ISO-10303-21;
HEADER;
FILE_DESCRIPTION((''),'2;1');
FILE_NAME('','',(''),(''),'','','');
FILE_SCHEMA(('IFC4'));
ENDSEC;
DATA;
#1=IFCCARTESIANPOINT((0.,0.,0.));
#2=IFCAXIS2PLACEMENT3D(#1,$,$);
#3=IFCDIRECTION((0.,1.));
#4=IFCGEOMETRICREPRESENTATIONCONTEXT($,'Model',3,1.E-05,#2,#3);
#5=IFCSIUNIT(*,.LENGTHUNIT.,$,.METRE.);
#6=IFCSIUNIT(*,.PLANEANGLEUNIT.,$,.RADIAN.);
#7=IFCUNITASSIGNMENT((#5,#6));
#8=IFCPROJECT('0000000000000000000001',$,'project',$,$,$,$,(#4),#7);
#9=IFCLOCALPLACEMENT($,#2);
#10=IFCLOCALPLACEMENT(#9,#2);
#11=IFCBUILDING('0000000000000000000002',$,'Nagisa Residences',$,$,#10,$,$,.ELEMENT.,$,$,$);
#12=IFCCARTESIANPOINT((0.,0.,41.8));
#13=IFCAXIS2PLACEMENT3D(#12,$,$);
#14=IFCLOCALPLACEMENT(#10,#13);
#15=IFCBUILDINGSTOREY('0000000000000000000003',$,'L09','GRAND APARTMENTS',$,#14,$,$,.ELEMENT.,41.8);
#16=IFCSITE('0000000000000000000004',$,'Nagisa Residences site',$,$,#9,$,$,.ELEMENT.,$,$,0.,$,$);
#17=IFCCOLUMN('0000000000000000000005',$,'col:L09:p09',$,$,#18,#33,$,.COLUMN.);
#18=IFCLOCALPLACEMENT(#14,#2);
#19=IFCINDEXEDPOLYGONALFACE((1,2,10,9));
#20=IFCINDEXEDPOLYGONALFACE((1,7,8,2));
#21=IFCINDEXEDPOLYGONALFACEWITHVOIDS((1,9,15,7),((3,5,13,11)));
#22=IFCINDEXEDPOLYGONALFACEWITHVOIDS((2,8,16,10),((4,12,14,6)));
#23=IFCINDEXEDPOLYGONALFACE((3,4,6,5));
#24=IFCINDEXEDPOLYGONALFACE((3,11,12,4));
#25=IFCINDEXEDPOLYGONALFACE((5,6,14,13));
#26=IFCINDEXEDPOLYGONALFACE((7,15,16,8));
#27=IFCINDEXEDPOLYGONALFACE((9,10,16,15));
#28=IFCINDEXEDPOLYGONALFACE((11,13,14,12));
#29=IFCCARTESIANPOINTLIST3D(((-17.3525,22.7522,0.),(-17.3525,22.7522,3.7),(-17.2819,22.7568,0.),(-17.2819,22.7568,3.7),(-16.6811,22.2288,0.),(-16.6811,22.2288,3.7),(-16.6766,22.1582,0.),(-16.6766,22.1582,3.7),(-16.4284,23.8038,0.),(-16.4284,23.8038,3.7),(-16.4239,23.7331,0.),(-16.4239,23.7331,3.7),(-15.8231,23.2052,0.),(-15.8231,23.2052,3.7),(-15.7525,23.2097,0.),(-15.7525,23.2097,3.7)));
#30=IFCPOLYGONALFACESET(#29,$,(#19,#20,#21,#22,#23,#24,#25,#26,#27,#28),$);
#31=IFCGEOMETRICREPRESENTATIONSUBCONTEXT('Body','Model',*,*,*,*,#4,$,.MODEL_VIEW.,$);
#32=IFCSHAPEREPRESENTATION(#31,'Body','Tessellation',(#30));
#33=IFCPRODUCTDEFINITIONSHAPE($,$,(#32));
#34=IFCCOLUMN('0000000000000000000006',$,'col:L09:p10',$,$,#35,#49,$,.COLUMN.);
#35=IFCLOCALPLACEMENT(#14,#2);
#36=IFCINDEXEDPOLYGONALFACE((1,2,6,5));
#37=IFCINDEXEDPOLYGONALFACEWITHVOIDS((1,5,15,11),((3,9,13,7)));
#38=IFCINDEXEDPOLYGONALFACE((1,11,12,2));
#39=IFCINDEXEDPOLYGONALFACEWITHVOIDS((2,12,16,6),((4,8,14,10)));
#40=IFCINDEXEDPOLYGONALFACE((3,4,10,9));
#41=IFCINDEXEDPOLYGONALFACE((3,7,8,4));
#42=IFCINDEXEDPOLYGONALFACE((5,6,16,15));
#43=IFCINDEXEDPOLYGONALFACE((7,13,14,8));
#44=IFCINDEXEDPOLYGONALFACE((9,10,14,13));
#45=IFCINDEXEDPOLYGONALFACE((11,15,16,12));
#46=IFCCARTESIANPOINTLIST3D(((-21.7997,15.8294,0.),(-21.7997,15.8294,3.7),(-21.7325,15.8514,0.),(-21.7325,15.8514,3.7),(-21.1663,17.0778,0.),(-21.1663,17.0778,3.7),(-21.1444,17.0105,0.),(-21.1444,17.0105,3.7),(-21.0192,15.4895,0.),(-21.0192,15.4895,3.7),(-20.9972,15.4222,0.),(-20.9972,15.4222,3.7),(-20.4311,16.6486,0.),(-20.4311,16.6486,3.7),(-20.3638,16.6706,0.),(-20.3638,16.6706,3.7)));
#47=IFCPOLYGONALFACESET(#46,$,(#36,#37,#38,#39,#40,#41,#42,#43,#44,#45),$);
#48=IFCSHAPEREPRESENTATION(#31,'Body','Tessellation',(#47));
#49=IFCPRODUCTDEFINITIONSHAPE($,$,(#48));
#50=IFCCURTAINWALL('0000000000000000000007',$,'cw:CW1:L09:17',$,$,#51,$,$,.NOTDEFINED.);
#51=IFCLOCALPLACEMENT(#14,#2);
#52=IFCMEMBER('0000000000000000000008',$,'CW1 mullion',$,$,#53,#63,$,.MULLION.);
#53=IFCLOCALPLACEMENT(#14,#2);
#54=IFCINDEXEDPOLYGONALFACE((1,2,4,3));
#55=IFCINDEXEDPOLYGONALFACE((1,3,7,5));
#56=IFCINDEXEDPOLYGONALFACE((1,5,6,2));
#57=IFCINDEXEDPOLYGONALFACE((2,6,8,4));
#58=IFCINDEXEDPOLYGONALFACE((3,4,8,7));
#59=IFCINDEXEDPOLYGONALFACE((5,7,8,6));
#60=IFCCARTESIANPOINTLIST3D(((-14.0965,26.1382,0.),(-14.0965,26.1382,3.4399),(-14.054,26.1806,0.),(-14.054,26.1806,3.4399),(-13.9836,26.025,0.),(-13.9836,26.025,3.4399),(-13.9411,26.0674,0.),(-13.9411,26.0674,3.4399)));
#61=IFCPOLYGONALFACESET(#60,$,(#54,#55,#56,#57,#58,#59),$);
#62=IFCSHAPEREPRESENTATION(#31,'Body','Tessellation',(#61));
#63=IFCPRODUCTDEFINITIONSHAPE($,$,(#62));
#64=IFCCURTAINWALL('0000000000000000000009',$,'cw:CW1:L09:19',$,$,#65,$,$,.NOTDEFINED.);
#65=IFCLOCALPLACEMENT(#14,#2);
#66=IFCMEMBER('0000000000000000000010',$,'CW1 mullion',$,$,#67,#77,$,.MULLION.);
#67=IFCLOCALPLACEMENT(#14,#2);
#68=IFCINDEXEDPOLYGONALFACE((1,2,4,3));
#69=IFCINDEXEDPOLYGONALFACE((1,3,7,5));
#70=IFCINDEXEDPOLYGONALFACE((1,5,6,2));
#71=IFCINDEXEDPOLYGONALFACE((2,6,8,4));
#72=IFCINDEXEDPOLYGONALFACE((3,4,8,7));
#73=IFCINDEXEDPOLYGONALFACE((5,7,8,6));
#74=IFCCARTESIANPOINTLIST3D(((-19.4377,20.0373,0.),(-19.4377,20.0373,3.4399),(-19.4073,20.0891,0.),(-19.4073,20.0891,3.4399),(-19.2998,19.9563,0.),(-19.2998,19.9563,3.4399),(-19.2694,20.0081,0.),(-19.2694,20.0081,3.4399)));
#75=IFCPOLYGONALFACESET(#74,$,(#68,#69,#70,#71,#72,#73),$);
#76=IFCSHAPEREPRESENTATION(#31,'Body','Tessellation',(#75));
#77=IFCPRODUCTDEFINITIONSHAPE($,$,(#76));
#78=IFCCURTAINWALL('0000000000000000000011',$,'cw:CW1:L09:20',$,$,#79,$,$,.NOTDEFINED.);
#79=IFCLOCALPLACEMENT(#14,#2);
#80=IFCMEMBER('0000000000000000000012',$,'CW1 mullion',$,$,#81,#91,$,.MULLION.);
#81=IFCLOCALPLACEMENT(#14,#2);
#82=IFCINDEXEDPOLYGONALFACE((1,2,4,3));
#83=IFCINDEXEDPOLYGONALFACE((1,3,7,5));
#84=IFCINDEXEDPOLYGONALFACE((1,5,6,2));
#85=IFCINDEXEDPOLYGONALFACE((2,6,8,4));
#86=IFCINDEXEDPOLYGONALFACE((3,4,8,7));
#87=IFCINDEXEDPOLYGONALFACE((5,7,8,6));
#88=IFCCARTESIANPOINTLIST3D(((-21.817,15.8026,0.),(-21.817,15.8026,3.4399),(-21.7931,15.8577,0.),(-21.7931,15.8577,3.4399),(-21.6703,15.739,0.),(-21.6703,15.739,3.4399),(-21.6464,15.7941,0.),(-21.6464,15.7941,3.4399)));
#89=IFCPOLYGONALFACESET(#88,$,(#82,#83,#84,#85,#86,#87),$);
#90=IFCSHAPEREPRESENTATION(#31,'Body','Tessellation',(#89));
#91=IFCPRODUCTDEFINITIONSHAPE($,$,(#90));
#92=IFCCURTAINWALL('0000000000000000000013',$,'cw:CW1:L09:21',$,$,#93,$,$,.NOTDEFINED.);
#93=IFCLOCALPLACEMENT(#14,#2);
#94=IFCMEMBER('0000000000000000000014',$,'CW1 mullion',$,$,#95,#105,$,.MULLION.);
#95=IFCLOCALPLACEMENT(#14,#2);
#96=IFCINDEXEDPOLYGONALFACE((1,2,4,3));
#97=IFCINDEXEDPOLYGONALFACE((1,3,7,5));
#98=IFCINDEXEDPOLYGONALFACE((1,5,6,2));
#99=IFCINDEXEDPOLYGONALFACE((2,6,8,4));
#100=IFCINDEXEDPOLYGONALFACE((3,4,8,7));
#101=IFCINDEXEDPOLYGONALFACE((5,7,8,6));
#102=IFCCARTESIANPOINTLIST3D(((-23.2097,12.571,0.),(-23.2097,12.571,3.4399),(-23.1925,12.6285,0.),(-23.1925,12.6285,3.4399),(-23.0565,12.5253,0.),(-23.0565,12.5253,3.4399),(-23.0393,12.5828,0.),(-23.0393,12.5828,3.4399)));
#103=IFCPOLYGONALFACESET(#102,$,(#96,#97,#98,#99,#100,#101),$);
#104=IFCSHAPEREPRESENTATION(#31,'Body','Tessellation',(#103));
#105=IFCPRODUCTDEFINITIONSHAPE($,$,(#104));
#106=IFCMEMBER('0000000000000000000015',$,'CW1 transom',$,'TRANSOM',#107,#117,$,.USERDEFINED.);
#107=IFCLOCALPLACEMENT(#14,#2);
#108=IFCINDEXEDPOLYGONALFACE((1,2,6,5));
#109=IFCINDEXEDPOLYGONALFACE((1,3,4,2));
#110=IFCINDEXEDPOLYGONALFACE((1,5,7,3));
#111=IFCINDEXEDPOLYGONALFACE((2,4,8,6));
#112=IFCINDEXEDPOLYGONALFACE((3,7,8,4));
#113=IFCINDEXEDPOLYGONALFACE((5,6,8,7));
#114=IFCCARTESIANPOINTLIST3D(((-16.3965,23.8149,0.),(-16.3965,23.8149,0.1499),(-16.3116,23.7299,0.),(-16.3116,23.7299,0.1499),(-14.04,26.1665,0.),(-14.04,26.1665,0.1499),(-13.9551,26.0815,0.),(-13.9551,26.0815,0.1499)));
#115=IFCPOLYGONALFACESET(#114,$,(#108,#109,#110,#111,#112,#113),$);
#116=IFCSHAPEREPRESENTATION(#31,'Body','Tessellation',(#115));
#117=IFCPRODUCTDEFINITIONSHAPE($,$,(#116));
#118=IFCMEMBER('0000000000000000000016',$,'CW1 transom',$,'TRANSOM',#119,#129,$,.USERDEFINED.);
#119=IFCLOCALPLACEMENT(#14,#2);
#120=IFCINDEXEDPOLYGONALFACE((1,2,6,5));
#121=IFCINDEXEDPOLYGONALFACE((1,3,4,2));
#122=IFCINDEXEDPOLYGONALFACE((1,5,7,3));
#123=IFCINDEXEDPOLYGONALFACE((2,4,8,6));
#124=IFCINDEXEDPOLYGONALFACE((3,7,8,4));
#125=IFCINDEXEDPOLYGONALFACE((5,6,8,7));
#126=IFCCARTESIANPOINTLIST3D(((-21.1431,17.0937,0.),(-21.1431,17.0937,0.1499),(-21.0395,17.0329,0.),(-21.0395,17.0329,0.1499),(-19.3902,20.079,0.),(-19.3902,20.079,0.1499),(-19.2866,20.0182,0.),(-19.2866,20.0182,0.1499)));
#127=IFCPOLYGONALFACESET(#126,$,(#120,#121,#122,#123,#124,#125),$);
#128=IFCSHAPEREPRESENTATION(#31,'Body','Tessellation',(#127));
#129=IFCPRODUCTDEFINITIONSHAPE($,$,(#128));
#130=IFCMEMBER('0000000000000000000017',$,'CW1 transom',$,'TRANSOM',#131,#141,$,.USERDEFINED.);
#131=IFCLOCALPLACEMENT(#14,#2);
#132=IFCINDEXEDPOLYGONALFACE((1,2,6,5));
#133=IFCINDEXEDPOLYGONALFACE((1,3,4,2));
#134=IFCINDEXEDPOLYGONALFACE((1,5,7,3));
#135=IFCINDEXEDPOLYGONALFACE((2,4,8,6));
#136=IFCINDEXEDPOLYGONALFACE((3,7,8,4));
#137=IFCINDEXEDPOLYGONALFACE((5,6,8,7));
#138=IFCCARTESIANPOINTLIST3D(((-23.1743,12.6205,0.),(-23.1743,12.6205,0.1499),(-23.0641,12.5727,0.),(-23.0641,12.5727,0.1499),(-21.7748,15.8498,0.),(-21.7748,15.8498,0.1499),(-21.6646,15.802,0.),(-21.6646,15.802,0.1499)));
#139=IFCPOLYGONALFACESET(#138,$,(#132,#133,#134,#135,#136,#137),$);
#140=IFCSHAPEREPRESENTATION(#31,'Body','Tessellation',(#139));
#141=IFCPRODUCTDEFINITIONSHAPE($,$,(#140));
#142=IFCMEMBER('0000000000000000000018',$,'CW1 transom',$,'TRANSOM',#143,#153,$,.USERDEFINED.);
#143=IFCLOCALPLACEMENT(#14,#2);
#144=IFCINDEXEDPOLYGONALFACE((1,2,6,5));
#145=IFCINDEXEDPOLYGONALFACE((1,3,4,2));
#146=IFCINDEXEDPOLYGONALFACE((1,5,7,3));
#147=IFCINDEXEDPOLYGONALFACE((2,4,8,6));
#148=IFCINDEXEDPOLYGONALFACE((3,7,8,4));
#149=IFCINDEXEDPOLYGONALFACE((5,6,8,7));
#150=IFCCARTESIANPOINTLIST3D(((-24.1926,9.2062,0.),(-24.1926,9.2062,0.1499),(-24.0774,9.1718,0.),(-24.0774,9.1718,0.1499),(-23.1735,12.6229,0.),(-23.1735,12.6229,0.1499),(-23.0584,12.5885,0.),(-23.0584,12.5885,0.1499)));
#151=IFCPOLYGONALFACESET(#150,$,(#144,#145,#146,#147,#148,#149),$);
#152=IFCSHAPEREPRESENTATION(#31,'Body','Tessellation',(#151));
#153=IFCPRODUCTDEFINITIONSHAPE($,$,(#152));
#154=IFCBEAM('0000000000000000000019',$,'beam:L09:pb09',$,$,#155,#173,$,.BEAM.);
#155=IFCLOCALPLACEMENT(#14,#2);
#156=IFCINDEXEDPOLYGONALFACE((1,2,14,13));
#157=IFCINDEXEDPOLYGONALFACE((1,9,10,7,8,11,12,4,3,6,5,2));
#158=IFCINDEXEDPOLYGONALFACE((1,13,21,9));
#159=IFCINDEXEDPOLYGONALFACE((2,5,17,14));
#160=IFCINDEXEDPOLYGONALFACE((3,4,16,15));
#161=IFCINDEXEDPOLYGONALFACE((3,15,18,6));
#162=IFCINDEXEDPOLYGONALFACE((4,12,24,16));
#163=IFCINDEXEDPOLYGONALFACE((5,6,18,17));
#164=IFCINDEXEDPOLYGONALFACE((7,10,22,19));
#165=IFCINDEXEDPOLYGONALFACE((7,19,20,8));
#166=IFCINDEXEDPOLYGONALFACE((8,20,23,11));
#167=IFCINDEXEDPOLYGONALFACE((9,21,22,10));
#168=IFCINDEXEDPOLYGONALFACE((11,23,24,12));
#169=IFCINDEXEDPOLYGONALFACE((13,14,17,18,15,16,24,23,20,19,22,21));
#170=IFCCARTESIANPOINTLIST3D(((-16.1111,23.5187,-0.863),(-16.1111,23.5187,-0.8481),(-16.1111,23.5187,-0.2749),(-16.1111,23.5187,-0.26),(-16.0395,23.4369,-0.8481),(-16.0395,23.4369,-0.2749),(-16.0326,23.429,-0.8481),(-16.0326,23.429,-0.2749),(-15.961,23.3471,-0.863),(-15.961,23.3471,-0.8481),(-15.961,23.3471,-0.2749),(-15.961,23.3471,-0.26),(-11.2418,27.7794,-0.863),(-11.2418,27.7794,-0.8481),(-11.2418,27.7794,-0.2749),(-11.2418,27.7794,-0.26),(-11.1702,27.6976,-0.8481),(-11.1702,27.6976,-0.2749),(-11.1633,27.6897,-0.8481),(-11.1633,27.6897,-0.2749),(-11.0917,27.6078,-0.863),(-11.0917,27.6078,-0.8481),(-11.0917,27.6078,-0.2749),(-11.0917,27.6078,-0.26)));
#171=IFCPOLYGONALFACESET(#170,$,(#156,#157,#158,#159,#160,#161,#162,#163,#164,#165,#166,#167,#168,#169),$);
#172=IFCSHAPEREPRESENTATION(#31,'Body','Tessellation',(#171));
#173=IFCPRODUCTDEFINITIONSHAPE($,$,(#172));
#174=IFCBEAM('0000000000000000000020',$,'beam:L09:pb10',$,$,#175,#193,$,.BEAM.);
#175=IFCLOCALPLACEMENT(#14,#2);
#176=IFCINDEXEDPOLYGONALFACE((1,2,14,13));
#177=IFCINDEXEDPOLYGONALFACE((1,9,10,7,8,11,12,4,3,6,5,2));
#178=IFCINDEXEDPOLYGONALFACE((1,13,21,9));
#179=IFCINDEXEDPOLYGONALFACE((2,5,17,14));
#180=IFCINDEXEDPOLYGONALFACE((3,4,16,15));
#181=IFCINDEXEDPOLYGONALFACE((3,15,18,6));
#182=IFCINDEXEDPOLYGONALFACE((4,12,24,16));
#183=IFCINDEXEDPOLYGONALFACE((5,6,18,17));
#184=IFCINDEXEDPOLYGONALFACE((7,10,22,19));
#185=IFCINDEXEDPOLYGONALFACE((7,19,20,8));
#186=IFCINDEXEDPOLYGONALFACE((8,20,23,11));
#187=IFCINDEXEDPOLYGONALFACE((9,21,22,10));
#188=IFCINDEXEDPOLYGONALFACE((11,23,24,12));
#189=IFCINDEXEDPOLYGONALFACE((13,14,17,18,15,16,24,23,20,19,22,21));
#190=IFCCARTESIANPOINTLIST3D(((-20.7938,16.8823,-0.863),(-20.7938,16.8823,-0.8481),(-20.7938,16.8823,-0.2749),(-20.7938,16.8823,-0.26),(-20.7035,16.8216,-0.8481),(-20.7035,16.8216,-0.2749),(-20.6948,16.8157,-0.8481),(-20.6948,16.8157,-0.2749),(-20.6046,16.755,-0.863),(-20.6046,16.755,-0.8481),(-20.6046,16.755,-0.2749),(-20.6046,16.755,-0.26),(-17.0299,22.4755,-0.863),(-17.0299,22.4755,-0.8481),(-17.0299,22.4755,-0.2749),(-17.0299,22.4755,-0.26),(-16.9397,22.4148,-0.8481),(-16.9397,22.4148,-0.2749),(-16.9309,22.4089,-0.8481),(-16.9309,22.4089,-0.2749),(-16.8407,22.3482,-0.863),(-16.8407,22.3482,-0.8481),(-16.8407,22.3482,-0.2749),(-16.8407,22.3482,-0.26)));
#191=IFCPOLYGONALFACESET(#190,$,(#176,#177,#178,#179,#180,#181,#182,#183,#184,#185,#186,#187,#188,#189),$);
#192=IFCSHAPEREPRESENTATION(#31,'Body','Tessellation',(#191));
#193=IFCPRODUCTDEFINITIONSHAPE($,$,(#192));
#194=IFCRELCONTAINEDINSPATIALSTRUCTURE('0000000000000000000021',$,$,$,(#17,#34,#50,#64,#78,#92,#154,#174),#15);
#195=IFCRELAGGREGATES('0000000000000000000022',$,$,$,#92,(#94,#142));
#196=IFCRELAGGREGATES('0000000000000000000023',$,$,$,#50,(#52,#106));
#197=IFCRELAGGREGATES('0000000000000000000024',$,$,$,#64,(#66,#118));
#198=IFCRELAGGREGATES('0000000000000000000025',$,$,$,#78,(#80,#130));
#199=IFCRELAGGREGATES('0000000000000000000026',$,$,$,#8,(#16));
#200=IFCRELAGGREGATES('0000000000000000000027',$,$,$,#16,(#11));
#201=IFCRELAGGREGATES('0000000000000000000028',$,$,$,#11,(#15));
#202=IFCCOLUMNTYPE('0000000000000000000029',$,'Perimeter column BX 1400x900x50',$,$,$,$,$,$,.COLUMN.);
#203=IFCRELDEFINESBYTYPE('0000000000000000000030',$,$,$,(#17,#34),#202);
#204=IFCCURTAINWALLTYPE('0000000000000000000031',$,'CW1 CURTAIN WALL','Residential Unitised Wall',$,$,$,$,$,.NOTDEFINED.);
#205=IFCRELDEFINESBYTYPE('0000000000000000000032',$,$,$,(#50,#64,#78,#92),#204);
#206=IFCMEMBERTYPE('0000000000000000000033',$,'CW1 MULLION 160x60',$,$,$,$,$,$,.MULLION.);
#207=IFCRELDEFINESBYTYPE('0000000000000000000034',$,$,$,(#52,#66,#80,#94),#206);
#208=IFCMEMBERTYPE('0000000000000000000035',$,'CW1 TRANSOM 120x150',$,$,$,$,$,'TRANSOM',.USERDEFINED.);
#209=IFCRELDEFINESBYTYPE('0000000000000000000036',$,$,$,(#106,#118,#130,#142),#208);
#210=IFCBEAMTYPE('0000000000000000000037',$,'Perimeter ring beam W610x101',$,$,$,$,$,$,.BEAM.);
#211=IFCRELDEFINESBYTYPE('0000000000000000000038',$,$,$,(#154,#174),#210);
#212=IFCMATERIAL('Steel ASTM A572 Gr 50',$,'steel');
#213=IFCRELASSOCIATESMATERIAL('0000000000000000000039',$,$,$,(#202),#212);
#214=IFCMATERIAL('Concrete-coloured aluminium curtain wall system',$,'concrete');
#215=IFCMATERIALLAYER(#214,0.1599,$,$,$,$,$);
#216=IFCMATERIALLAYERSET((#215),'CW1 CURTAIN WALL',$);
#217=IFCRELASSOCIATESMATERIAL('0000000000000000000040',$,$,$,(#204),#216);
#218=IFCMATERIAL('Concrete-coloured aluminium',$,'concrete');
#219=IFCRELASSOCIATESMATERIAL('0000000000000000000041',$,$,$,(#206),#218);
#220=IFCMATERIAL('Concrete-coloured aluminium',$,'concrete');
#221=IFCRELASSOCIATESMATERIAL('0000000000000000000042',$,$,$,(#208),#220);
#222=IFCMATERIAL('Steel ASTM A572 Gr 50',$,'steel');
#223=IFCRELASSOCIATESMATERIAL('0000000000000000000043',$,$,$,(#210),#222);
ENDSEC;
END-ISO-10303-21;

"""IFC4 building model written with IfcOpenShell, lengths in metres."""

from ifc_helpers import new_model, si_unit, direction, frame, origin, origin_2d, place, context, subcontext, project, spatial, rectangle, hollow_rectangle, i_section, extrude, material, layer, layer_set, material_profile, profile_set, type_object, element, aggregate, save


model = new_model("IFC4")

# Units and contexts
model_context = context("Model", 3, precision=1e-05, world=origin(), true_north=direction((0.0, 1.0)))
body_context = subcontext(model_context, "Body", "Model", "MODEL_VIEW")
ifc_project = project(units=[si_unit("LENGTHUNIT", "METRE"), si_unit("PLANEANGLEUNIT", "RADIAN")], contexts=[model_context])

# Site, building, storey
site_placement = place(None, origin())
site = spatial("IfcSite", under=ifc_project, at=site_placement, Name="Nagisa Residences site", CompositionType="ELEMENT", RefElevation=0.0)
building_placement = place(site_placement, origin())
building = spatial("IfcBuilding", under=site, at=building_placement, Name="Nagisa Residences", CompositionType="ELEMENT")
storey_placement = place(building_placement, frame((0.0, 0.0, 41.8)))
storey = spatial("IfcBuildingStorey", under=building, at=storey_placement, Name="L09", Description="GRAND APARTMENTS", CompositionType="ELEMENT", Elevation=41.8)

# Columns
ifc_material_1 = material(Name="Steel ASTM A572 Gr 50", Category="steel")
ifc_material_profile_1 = material_profile(ifc_material_1, hollow_rectangle(XDim=1.3999, YDim=0.8999, WallThickness=0.05, at=origin_2d()), Name="BX 1400x900x50")
ifc_profile_set_1 = profile_set([ifc_material_profile_1], Name="Steel ASTM A572 Gr 50")
column_type = type_object("IfcColumnType", Name="Perimeter column BX 1400x900x50", PredefinedType="COLUMN", material=ifc_profile_set_1)
for number, where, z_axis, x_axis, name in (
    (1, (-16.5525, 22.981, 0.0), (0.0, 0.0, 1.0), (-0.660115, -0.751165, 0.0), "col:L09:p09"),
    (2, (-21.0818, 16.25, 0.0), (0.0, 0.0, 1.0), (-0.452463, -0.891783, 0.0), "col:L09:p10"),
):
    element("IfcColumn", number, at=place(storey_placement, frame(where, z_axis=z_axis, x_axis=x_axis)), inside=storey, type_object=column_type, Name=name, PredefinedType="COLUMN", context=body_context, shape_type="SweptSolid", body=[
        extrude(hollow_rectangle(XDim=1.3999, YDim=0.8999, WallThickness=0.05, at=origin_2d()), origin(), (0.0, 0.0, 1.0), 3.7),
    ])

# Curtain walls, members
ifc_material_2 = material(Name="Concrete-coloured aluminium curtain wall system", Category="concrete")
ifc_layer_1 = layer(ifc_material_2, 0.1599)
ifc_layer_set_1 = layer_set([ifc_layer_1], Name="CW1 CURTAIN WALL")
curtain_wall_type = type_object("IfcCurtainWallType", Name="CW1 CURTAIN WALL", Description="Residential Unitised Wall", PredefinedType="NOTDEFINED", material=ifc_layer_set_1)
curtain_wall_1_placement = place(storey_placement, origin())
curtain_wall_1 = element("IfcCurtainWall", 3, at=curtain_wall_1_placement, inside=storey, type_object=curtain_wall_type, Name="cw:CW1:L09:17", PredefinedType="NOTDEFINED")
ifc_material_3 = material(Name="Concrete-coloured aluminium", Category="concrete")
ifc_material_profile_2 = material_profile(ifc_material_3, rectangle(XDim=0.1599, YDim=0.0601, at=origin_2d()), Name="CW1 MULLION 160x60")
ifc_profile_set_2 = profile_set([ifc_material_profile_2], Name="Concrete-coloured aluminium")
member_type_1 = type_object("IfcMemberType", Name="CW1 MULLION 160x60", PredefinedType="MULLION", material=ifc_profile_set_2)
member_1_placement = place(storey_placement, frame((-14.0188, 26.1028, 0.0), z_axis=(0.0, 0.0, 1.0), x_axis=(0.706377, -0.707836, 0.0)))
member_1 = element("IfcMember", 4, at=member_1_placement, type_object=member_type_1, Name="CW1 mullion", PredefinedType="MULLION", context=body_context, shape_type="SweptSolid", body=[
    extrude(rectangle(XDim=0.1599, YDim=0.0601, at=origin_2d()), origin(), (0.0, 0.0, 1.0), 3.4399),
])
curtain_wall_2_placement = place(storey_placement, origin())
curtain_wall_2 = element("IfcCurtainWall", 5, at=curtain_wall_2_placement, inside=storey, type_object=curtain_wall_type, Name="cw:CW1:L09:19", PredefinedType="NOTDEFINED")
member_2_placement = place(storey_placement, frame((-19.3535, 20.0227, 0.0), z_axis=(0.0, 0.0, 1.0), x_axis=(0.862329, -0.506349, 0.0)))
member_2 = element("IfcMember", 6, at=member_2_placement, type_object=member_type_1, Name="CW1 mullion", PredefinedType="MULLION", context=body_context, shape_type="SweptSolid", body=[
    extrude(rectangle(XDim=0.1599, YDim=0.0601, at=origin_2d()), origin(), (0.0, 0.0, 1.0), 3.4399),
])
curtain_wall_3_placement = place(storey_placement, origin())
curtain_wall_3 = element("IfcCurtainWall", 7, at=curtain_wall_3_placement, inside=storey, type_object=curtain_wall_type, Name="cw:CW1:L09:20", PredefinedType="NOTDEFINED")
member_3_placement = place(storey_placement, frame((-21.7317, 15.7983, 0.0), z_axis=(0.0, 0.0, 1.0), x_axis=(0.917543, -0.397636, 0.0)))
member_3 = element("IfcMember", 8, at=member_3_placement, type_object=member_type_1, Name="CW1 mullion", PredefinedType="MULLION", context=body_context, shape_type="SweptSolid", body=[
    extrude(rectangle(XDim=0.1599, YDim=0.0601, at=origin_2d()), origin(), (0.0, 0.0, 1.0), 3.4399),
])
curtain_wall_4_placement = place(storey_placement, origin())
curtain_wall_4 = element("IfcCurtainWall", 9, at=curtain_wall_4_placement, inside=storey, type_object=curtain_wall_type, Name="cw:CW1:L09:21", PredefinedType="NOTDEFINED")
member_4_placement = place(storey_placement, frame((-23.1245, 12.5769, 0.0), z_axis=(0.0, 0.0, 1.0), x_axis=(0.958271, -0.28586, 0.0)))
member_4 = element("IfcMember", 10, at=member_4_placement, type_object=member_type_1, Name="CW1 mullion", PredefinedType="MULLION", context=body_context, shape_type="SweptSolid", body=[
    extrude(rectangle(XDim=0.1599, YDim=0.0601, at=origin_2d()), origin(), (0.0, 0.0, 1.0), 3.4399),
])

# Members
ifc_material_4 = material(Name="Concrete-coloured aluminium", Category="concrete")
ifc_material_profile_3 = material_profile(ifc_material_4, rectangle(XDim=0.1201, YDim=0.1499, at=origin_2d()), Name="CW1 TRANSOM 120x150")
ifc_profile_set_3 = profile_set([ifc_material_profile_3], Name="Concrete-coloured aluminium")
member_type_2 = type_object("IfcMemberType", Name="CW1 TRANSOM 120x150", ElementType="TRANSOM", PredefinedType="USERDEFINED", material=ifc_profile_set_3)
member_5_placement = place(storey_placement, frame((-13.9976, 26.124, 0.075), z_axis=(-0.70784, -0.706373, 0.0), x_axis=(0.706373, -0.70784, 0.0)))
member_5 = element("IfcMember", 11, at=member_5_placement, type_object=member_type_2, Name="CW1 transom", ObjectType="TRANSOM", PredefinedType="USERDEFINED", context=body_context, shape_type="SweptSolid", body=[
    extrude(rectangle(XDim=0.1201, YDim=0.1499, at=origin_2d()), origin(), (0.0, 0.0, 1.0), 3.3291),
])
member_6_placement = place(storey_placement, frame((-19.3384, 20.0486, 0.075), z_axis=(-0.506342, -0.862333, 0.0), x_axis=(0.862333, -0.506342, 0.0)))
member_6 = element("IfcMember", 12, at=member_6_placement, type_object=member_type_2, Name="CW1 transom", ObjectType="TRANSOM", PredefinedType="USERDEFINED", context=body_context, shape_type="SweptSolid", body=[
    extrude(rectangle(XDim=0.1201, YDim=0.1499, at=origin_2d()), origin(), (0.0, 0.0, 1.0), 3.4619),
])
member_7_placement = place(storey_placement, frame((-21.7197, 15.8259, 0.075), z_axis=(-0.397625, -0.917548, 0.0), x_axis=(0.917548, -0.397625, 0.0)))
member_7 = element("IfcMember", 13, at=member_7_placement, type_object=member_type_2, Name="CW1 transom", ObjectType="TRANSOM", PredefinedType="USERDEFINED", context=body_context, shape_type="SweptSolid", body=[
    extrude(rectangle(XDim=0.1201, YDim=0.1499, at=origin_2d()), origin(), (0.0, 0.0, 1.0), 3.5195),
])
member_8_placement = place(storey_placement, frame((-23.116, 12.6057, 0.075), z_axis=(-0.285808, -0.958287, 0.0), x_axis=(0.958287, -0.285808, 0.0)))
member_8 = element("IfcMember", 14, at=member_8_placement, type_object=member_type_2, Name="CW1 transom", ObjectType="TRANSOM", PredefinedType="USERDEFINED", context=body_context, shape_type="SweptSolid", body=[
    extrude(rectangle(XDim=0.1201, YDim=0.1499, at=origin_2d()), origin(), (0.0, 0.0, 1.0), 3.5654),
])
aggregate(curtain_wall_4, [member_4, member_8])

# Beams
ifc_material_5 = material(Name="Steel ASTM A572 Gr 50", Category="steel")
ifc_material_profile_4 = material_profile(ifc_material_5, i_section(OverallWidth=0.228, OverallDepth=0.603, WebThickness=0.0105, FlangeThickness=0.0149, at=origin_2d()), Name="W610x101")
ifc_profile_set_4 = profile_set([ifc_material_profile_4], Name="Steel ASTM A572 Gr 50")
beam_type_1 = type_object("IfcBeamType", Name="Perimeter ring beam W610x101", PredefinedType="BEAM", material=ifc_profile_set_4)
beam_1_placement = place(storey_placement, frame((-11.1667, 27.6936, -0.5615), z_axis=(-0.752574, -0.658507, 0.0), x_axis=(0.658507, -0.752574, 0.0)))
element("IfcBeam", 15, at=beam_1_placement, inside=storey, type_object=beam_type_1, Name="beam:L09:pb09", PredefinedType="BEAM", context=body_context, shape_type="SweptSolid", body=[
    extrude(i_section(OverallWidth=0.228, OverallDepth=0.603, WebThickness=0.0105, FlangeThickness=0.0149, at=origin_2d()), origin(), (0.0, 0.0, 1.0), 6.4702),
])
beam_2_placement = place(storey_placement, frame((-16.9353, 22.4119, -0.5615), z_axis=(-0.558297, -0.829641, 0.0), x_axis=(0.829641, -0.558297, 0.0)))
element("IfcBeam", 16, at=beam_2_placement, inside=storey, type_object=beam_type_1, Name="beam:L09:pb10", PredefinedType="BEAM", context=body_context, shape_type="SweptSolid", body=[
    extrude(i_section(OverallWidth=0.228, OverallDepth=0.603, WebThickness=0.0105, FlangeThickness=0.0149, at=origin_2d()), origin(), (0.0, 0.0, 1.0), 6.7417),
])

aggregate(curtain_wall_1, [member_1, member_5])
aggregate(curtain_wall_2, [member_2, member_6])
aggregate(curtain_wall_3, [member_3, member_7])

save(model, "model.ifc")
